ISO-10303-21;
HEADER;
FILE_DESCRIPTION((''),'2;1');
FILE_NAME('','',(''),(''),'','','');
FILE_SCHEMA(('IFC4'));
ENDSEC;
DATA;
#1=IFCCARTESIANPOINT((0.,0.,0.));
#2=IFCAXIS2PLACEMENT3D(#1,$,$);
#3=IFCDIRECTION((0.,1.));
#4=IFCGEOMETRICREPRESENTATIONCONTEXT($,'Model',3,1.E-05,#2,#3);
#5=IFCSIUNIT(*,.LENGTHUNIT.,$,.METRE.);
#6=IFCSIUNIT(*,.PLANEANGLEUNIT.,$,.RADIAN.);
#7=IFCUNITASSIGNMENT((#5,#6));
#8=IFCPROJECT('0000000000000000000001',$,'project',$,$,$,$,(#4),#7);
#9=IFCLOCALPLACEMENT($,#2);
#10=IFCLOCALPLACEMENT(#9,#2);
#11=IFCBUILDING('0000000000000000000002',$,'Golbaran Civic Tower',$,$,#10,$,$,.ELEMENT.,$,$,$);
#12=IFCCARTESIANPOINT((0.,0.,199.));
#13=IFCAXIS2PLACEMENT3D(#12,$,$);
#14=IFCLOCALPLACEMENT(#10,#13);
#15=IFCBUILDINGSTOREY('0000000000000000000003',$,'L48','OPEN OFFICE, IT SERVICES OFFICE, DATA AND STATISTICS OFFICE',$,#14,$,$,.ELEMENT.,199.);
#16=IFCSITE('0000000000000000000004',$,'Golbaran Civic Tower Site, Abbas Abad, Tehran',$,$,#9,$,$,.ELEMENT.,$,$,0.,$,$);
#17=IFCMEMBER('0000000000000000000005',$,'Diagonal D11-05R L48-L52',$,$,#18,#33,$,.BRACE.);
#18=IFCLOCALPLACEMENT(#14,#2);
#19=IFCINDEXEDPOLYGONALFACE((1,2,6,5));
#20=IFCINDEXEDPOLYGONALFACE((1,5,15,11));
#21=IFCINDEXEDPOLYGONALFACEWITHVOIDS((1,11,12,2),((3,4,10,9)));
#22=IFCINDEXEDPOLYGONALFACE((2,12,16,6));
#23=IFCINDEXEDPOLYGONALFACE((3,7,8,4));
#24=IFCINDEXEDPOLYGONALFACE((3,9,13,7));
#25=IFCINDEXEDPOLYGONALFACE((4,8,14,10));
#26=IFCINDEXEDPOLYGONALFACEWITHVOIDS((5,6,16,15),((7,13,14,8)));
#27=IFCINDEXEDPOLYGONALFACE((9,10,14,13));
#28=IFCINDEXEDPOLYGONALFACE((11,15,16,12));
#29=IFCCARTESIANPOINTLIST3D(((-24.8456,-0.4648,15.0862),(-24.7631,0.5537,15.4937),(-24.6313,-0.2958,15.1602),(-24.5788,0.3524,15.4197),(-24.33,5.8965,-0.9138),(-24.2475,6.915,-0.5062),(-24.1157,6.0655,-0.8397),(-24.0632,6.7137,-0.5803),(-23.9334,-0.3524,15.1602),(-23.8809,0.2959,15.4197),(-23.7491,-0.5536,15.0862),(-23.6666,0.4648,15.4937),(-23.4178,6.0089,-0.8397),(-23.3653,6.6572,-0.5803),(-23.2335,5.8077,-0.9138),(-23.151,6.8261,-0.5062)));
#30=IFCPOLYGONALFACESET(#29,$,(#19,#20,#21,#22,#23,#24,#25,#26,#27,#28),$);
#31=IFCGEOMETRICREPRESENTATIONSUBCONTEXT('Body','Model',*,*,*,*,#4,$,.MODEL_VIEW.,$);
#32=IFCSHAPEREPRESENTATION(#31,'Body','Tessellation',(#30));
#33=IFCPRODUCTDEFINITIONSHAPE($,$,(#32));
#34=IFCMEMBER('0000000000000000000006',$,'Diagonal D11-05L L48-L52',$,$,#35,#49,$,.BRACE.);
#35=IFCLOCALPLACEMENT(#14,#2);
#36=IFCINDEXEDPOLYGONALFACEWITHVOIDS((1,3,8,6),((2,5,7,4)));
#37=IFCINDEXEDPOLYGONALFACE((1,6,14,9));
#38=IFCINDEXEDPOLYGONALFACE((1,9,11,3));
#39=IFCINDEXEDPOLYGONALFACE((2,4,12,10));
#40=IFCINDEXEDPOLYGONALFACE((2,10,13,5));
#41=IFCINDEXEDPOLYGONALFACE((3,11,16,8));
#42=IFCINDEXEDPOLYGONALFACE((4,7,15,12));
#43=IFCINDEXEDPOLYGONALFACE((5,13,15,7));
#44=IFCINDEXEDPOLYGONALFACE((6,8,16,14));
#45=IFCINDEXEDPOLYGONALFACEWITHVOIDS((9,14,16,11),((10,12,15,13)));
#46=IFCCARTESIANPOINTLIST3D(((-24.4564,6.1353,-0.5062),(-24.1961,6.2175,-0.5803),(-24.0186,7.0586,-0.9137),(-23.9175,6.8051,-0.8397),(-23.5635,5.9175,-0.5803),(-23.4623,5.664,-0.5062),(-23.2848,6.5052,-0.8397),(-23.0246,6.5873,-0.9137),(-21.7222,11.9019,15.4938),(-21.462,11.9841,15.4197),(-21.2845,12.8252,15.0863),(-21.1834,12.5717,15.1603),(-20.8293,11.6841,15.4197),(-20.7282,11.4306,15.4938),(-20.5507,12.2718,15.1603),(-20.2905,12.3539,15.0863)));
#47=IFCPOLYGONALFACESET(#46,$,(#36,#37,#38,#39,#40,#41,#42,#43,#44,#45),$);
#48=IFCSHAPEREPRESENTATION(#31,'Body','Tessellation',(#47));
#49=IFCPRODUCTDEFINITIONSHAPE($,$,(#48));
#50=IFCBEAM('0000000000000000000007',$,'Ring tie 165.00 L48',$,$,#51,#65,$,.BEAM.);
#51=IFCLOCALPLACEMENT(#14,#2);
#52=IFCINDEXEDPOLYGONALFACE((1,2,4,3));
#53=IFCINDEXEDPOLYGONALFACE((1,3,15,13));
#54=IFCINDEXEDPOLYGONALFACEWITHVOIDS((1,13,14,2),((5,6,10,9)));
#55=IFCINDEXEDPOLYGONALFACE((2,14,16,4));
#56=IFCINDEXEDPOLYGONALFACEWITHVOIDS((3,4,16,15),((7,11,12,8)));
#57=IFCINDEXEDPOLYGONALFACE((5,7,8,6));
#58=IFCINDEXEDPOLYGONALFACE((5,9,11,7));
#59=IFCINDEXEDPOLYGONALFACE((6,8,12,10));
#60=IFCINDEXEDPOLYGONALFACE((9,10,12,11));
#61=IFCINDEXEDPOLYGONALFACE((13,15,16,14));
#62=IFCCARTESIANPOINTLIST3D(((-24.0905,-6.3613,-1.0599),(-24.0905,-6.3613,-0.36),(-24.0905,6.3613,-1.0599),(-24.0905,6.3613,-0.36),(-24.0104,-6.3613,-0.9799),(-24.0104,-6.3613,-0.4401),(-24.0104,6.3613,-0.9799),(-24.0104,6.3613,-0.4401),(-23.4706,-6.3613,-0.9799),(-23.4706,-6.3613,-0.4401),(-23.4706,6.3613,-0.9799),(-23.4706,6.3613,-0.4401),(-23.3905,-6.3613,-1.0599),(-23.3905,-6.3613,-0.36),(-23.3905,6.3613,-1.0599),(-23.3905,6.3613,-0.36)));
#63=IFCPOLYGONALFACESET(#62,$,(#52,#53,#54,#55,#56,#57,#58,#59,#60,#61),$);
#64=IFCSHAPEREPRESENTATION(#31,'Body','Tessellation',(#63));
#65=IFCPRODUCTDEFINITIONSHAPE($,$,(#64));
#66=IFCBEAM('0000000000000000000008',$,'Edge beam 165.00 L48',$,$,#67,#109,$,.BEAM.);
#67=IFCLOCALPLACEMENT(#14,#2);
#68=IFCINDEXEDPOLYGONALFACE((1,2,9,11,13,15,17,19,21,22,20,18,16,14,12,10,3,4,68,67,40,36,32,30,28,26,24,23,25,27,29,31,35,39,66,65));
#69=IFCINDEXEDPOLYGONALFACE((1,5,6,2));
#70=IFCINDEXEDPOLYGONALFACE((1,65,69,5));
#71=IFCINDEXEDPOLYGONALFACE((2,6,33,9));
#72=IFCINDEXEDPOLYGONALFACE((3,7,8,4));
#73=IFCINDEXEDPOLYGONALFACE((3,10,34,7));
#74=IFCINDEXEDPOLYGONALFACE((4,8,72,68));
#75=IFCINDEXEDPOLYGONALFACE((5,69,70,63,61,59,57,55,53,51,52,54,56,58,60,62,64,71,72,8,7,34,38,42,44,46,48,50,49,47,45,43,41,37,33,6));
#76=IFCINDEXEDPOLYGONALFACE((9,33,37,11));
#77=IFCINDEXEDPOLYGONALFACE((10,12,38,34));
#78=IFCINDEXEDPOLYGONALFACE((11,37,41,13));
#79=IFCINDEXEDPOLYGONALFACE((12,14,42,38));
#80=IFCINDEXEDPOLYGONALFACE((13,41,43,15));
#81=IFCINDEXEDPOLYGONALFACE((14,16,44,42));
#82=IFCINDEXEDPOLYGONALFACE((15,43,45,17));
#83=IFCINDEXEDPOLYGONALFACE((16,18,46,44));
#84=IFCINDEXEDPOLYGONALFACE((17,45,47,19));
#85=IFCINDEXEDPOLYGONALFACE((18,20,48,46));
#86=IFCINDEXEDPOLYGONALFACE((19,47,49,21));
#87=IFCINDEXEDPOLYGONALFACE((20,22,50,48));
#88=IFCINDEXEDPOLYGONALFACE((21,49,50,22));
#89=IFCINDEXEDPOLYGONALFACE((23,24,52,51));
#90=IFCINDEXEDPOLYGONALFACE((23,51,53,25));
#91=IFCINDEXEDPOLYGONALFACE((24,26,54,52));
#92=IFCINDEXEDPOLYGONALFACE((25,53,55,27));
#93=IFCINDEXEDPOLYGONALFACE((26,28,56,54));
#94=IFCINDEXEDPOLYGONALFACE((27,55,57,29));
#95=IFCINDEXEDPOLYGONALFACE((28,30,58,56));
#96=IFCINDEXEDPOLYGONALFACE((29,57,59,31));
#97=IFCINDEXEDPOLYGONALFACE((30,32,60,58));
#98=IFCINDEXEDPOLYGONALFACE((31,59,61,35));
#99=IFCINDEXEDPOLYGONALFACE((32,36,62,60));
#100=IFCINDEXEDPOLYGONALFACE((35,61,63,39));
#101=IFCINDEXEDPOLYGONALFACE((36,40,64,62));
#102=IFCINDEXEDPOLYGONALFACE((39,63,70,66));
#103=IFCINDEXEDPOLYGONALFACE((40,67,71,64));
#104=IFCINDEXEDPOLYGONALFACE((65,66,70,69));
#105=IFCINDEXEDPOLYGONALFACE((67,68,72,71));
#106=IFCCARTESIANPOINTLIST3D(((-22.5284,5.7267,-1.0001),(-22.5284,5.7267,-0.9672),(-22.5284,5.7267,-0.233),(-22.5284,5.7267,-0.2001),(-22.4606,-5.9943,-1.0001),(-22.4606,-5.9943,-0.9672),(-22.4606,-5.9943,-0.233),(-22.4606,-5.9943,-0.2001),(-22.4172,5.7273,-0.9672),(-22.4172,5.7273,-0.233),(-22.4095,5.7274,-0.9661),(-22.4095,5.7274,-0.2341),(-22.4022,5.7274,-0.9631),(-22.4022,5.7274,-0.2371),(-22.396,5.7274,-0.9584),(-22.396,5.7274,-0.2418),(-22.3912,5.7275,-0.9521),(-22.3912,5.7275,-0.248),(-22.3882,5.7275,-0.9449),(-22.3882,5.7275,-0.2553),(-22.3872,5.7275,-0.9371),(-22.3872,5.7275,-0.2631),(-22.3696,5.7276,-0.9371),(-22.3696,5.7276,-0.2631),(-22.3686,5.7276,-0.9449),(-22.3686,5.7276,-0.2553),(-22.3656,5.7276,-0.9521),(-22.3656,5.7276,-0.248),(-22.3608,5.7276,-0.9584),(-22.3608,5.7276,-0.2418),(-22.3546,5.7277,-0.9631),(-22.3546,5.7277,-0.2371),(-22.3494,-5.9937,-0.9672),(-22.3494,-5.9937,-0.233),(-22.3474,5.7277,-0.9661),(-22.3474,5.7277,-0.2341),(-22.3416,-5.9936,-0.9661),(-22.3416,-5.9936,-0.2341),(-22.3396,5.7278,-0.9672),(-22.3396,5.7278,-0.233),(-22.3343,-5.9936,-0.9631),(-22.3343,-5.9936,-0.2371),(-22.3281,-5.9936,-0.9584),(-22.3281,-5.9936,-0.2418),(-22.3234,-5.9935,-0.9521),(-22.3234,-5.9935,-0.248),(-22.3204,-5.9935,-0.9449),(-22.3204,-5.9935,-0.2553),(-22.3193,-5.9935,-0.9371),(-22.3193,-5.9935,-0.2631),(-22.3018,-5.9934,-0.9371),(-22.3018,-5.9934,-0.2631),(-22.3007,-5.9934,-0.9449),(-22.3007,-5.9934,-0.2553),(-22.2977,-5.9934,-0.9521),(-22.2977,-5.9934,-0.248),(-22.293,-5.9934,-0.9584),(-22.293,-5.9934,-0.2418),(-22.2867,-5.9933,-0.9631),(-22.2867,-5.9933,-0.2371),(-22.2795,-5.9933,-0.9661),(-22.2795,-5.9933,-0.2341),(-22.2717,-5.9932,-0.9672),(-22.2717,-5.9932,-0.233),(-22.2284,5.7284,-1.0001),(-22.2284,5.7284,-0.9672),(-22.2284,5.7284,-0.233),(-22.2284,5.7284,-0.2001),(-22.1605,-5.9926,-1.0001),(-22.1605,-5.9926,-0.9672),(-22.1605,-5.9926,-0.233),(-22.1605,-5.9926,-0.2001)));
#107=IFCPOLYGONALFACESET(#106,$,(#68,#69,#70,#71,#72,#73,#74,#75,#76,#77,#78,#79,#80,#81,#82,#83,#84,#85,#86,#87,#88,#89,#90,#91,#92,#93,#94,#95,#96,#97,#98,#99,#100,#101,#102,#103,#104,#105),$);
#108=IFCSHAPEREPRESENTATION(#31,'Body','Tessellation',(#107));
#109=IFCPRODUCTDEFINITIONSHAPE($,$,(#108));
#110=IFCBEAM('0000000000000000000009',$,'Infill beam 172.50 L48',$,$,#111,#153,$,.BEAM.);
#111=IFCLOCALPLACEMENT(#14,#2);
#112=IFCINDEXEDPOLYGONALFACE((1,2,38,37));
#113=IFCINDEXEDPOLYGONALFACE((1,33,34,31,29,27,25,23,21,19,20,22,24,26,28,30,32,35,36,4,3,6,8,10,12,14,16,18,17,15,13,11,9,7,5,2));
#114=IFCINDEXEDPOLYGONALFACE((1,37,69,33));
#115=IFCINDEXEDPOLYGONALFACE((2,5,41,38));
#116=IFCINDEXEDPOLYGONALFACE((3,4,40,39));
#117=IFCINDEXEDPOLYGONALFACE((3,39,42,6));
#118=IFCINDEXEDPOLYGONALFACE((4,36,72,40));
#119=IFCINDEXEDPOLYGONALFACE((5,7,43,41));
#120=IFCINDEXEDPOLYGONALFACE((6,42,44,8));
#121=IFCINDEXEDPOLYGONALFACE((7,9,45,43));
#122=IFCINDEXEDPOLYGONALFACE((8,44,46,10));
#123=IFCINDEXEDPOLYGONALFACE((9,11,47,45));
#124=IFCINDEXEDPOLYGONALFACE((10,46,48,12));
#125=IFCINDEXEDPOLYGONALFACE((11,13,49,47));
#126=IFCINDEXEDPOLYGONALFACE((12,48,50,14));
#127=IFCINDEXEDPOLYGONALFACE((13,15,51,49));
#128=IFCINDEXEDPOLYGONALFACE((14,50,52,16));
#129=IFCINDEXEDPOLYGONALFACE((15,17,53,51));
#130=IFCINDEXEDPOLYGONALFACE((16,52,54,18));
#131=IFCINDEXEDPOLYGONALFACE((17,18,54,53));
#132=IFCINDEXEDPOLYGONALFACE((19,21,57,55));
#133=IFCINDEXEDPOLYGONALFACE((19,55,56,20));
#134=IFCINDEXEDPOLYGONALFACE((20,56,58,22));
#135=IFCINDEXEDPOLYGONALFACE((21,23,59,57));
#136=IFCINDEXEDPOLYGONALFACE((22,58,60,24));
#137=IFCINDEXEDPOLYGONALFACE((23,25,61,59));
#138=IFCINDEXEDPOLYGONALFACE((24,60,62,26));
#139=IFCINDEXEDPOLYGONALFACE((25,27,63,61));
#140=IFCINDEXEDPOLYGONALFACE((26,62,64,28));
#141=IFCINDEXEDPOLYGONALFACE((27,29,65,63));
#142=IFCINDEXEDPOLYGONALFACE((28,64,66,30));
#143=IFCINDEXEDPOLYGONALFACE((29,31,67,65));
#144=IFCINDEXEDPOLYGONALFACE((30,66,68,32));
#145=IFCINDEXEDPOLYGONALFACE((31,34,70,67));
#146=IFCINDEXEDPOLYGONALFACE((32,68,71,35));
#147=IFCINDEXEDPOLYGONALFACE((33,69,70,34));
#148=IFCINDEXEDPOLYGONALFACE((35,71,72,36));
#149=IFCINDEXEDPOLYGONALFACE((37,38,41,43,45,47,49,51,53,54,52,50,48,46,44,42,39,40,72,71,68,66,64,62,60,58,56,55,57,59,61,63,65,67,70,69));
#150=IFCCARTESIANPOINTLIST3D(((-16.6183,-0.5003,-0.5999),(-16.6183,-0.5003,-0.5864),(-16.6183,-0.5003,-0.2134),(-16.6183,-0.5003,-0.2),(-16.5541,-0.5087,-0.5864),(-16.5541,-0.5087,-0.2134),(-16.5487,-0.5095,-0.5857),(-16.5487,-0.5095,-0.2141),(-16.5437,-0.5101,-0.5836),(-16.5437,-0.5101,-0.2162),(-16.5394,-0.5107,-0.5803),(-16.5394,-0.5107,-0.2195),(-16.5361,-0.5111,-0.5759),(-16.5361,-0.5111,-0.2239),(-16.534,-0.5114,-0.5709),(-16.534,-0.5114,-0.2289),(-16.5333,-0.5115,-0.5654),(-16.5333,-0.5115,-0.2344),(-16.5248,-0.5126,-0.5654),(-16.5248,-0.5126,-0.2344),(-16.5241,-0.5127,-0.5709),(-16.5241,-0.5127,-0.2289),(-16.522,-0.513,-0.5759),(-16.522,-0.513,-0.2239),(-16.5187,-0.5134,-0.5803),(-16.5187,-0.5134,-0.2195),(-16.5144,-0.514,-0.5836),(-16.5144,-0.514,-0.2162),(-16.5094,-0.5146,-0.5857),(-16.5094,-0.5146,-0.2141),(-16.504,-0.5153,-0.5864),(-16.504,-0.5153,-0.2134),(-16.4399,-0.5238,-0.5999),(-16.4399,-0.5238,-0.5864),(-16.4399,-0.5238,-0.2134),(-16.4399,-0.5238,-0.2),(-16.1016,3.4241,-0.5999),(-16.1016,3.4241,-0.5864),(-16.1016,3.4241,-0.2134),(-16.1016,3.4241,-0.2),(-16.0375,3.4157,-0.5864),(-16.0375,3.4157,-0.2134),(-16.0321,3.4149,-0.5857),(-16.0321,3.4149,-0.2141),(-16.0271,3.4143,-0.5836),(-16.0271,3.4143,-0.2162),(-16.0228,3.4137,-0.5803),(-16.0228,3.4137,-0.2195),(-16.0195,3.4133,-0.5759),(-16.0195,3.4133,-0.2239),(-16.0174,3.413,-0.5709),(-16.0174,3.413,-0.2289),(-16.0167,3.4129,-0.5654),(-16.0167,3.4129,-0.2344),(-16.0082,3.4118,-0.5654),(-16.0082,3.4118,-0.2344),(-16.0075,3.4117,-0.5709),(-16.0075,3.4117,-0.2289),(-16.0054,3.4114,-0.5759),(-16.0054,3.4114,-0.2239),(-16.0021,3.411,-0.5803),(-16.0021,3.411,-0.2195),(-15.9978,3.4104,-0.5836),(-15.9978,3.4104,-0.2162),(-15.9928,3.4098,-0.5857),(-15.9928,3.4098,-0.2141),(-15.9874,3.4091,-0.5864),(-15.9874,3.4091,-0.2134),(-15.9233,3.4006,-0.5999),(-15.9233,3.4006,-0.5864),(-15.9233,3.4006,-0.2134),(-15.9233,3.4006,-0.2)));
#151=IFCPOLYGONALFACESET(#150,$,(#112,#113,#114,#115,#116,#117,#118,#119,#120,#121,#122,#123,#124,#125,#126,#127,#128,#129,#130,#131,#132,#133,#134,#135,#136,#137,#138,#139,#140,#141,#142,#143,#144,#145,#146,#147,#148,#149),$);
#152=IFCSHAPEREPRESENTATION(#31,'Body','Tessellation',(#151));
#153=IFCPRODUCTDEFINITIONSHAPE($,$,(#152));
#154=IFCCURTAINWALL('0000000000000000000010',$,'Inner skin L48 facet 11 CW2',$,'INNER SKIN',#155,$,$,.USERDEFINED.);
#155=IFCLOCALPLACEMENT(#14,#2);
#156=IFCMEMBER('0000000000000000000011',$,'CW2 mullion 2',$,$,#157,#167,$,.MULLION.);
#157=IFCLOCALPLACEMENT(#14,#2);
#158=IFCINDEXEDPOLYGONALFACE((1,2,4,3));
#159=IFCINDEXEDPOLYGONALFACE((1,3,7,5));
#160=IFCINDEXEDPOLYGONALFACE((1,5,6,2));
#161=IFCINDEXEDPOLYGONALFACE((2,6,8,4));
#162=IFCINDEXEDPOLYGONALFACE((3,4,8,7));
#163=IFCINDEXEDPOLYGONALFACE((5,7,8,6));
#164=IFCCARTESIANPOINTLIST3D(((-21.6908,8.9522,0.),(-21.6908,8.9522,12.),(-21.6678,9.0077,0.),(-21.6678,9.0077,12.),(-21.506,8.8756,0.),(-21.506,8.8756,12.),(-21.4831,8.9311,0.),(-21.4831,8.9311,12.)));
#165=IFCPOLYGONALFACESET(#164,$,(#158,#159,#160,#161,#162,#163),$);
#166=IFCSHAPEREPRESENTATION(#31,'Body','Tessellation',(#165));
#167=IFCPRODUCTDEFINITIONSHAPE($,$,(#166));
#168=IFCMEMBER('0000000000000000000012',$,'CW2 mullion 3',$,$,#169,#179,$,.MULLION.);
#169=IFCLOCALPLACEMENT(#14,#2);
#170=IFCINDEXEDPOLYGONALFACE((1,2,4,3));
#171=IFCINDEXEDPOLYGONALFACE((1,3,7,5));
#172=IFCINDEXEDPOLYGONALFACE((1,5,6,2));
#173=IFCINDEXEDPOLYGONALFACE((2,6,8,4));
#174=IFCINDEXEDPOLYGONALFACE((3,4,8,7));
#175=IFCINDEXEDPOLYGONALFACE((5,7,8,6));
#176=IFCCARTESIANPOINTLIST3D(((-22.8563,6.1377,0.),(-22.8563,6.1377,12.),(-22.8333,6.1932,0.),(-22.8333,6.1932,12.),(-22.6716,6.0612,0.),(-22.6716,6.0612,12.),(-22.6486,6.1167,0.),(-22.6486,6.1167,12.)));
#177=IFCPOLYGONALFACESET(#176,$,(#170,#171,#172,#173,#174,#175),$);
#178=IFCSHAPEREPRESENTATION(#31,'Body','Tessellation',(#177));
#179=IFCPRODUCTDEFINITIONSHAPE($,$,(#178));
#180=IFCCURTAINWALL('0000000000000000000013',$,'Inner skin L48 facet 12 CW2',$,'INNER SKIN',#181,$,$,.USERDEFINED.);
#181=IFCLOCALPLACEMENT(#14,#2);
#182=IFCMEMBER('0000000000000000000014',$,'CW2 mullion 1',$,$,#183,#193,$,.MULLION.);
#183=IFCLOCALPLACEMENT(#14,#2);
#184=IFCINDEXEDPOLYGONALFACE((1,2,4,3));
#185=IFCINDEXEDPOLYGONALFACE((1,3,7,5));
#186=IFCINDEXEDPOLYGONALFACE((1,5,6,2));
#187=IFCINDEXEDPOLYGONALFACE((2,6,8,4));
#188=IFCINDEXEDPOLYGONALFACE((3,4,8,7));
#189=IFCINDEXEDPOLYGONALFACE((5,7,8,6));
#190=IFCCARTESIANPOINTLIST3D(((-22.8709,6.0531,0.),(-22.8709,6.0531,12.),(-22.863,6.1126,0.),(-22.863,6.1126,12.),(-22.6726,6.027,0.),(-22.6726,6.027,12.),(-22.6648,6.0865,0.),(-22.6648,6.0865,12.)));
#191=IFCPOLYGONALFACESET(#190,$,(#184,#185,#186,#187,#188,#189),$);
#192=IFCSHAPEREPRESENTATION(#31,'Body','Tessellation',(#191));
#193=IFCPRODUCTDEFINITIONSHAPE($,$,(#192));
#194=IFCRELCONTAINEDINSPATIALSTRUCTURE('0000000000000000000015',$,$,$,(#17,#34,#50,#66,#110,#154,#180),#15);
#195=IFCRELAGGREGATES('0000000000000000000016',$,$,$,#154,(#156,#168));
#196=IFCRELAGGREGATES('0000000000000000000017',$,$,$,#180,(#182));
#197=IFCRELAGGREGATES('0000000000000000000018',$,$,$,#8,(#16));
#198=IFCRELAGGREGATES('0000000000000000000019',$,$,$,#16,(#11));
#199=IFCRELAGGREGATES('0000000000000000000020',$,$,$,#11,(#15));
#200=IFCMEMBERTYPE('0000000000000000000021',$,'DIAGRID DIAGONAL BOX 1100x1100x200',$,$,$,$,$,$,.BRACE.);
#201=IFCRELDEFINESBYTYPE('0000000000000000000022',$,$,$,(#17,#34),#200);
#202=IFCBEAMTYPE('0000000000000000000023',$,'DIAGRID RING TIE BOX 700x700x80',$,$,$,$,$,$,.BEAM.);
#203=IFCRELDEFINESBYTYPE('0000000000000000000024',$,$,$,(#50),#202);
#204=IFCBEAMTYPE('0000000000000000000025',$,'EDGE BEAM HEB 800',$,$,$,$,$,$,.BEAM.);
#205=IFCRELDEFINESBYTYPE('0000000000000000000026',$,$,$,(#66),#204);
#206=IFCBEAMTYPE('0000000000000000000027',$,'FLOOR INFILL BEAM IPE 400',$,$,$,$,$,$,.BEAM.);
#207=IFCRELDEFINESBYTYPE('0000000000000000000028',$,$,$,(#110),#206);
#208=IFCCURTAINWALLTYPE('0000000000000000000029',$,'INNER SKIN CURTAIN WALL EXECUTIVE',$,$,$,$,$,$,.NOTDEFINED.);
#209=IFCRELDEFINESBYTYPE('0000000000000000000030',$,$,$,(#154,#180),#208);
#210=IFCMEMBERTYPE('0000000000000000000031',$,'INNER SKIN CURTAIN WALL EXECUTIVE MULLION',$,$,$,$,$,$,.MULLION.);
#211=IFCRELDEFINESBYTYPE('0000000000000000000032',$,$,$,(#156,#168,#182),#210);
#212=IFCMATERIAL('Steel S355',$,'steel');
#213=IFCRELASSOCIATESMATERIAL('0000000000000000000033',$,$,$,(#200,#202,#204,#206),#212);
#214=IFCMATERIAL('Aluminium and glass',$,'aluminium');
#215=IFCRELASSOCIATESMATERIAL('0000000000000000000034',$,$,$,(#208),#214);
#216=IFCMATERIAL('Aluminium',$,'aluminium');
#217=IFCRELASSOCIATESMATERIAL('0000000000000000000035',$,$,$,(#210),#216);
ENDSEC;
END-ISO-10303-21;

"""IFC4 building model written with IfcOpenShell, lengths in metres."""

from ifc_helpers import new_model, si_unit, direction, frame, origin, origin_2d, place, context, subcontext, project, spatial, rectangle, hollow_rectangle, i_section, extrude, material, material_profile, profile_set, type_object, element, aggregate, save


model = new_model("IFC4")

# Units and contexts
model_context = context("Model", 3, precision=1e-05, world=origin(), true_north=direction((0.0, 1.0)))
body_context = subcontext(model_context, "Body", "Model", "MODEL_VIEW")
ifc_project = project(units=[si_unit("LENGTHUNIT", "METRE"), si_unit("PLANEANGLEUNIT", "RADIAN")], contexts=[model_context])

# Site, building, storey
site_placement = place(None, origin())
site = spatial("IfcSite", under=ifc_project, at=site_placement, Name="Golbaran Civic Tower Site, Abbas Abad, Tehran", CompositionType="ELEMENT", RefElevation=0.0)
building_placement = place(site_placement, origin())
building = spatial("IfcBuilding", under=site, at=building_placement, Name="Golbaran Civic Tower", CompositionType="ELEMENT")
storey_placement = place(building_placement, frame((0.0, 0.0, 199.0)))
storey = spatial("IfcBuildingStorey", under=building, at=storey_placement, Name="L48", Description="OPEN OFFICE, IT SERVICES OFFICE, DATA AND STATISTICS OFFICE", CompositionType="ELEMENT", Elevation=199.0)

# Members
ifc_material_1 = material(Name="Steel S355", Category="steel")
ifc_material_profile_1 = material_profile(ifc_material_1, hollow_rectangle(XDim=1.1001, YDim=1.1001, WallThickness=0.2, at=origin_2d()), Name="BOX 1100x1100x200")
ifc_profile_set_1 = profile_set([ifc_material_profile_1], Name="Steel S355")
member_type_1 = type_object("IfcMemberType", Name="DIAGRID DIAGONAL BOX 1100x1100x200", PredefinedType="BRACE", material=ifc_profile_set_1)
for number, where, z_axis, x_axis, name in (
    (1, (-23.7405, 6.3613, -0.71), (-0.029933, -0.369288, 0.928833), (0.996731, -0.080791, 0.0), "Diagonal D11-05R L48-L52"),
    (2, (-23.7405, 6.3613, -0.71), (0.158723, 0.334765, 0.928838), (-0.903581, 0.428417, 0.0), "Diagonal D11-05L L48-L52"),
):
    element("IfcMember", number, at=place(storey_placement, frame(where, z_axis=z_axis, x_axis=x_axis)), inside=storey, type_object=member_type_1, Name=name, PredefinedType="BRACE", context=body_context, shape_type="SweptSolid", body=[
        extrude(hollow_rectangle(XDim=1.1001, YDim=1.1001, WallThickness=0.2, at=origin_2d()), origin(), (0.0, 0.0, 1.0), 17.2258),
    ])

# Beams
ifc_material_profile_2 = material_profile(ifc_material_1, hollow_rectangle(XDim=0.7, YDim=0.7, WallThickness=0.0801, at=origin_2d()), Name="BOX 700x700x80")
ifc_profile_set_2 = profile_set([ifc_material_profile_2], Name="Steel S355")
beam_type_1 = type_object("IfcBeamType", Name="DIAGRID RING TIE BOX 700x700x80", PredefinedType="BEAM", material=ifc_profile_set_2)
beam_1_placement = place(storey_placement, frame((-23.7405, 6.3613, -0.71), z_axis=(0.0, -1.0, 0.0), x_axis=(1.0, 0.0, 0.0)))
element("IfcBeam", 3, at=beam_1_placement, inside=storey, type_object=beam_type_1, Name="Ring tie 165.00 L48", PredefinedType="BEAM", context=body_context, shape_type="SweptSolid", body=[
    extrude(hollow_rectangle(XDim=0.7, YDim=0.7, WallThickness=0.0801, at=origin_2d()), origin(), (0.0, 0.0, 1.0), 12.7227),
])
ifc_material_profile_3 = material_profile(ifc_material_1, i_section(OverallWidth=0.3, OverallDepth=0.8, WebThickness=0.0176, FlangeThickness=0.033, FilletRadius=0.03, at=origin_2d()), Name="HEB 800")
ifc_profile_set_3 = profile_set([ifc_material_profile_3], Name="Steel S355")
beam_type_2 = type_object("IfcBeamType", Name="EDGE BEAM HEB 800", PredefinedType="BEAM", material=ifc_profile_set_3)
beam_2_placement = place(storey_placement, frame((-22.3784, 5.7275, -0.6001), z_axis=(0.00579, -0.999983, 0.0), x_axis=(0.999983, 0.00579, 0.0)))
element("IfcBeam", 4, at=beam_2_placement, inside=storey, type_object=beam_type_2, Name="Edge beam 165.00 L48", PredefinedType="BEAM", context=body_context, shape_type="SweptSolid", body=[
    extrude(i_section(OverallWidth=0.3, OverallDepth=0.8, WebThickness=0.0176, FlangeThickness=0.033, FilletRadius=0.03, at=origin_2d()), origin(), (0.0, 0.0, 1.0), 11.7212),
])
ifc_material_profile_4 = material_profile(ifc_material_1, i_section(OverallWidth=0.1799, OverallDepth=0.3999, WebThickness=0.0085, FlangeThickness=0.0134, FilletRadius=0.021, at=origin_2d()), Name="IPE 400")
ifc_profile_set_4 = profile_set([ifc_material_profile_4], Name="Steel S355")
beam_type_3 = type_object("IfcBeamType", Name="FLOOR INFILL BEAM IPE 400", PredefinedType="BEAM", material=ifc_profile_set_4)
beam_3_placement = place(storey_placement, frame((-16.0125, 3.4124, -0.3999), z_axis=(-0.130515, -0.991446, 0.0), x_axis=(0.991446, -0.130515, 0.0)))
element("IfcBeam", 5, at=beam_3_placement, inside=storey, type_object=beam_type_3, Name="Infill beam 172.50 L48", PredefinedType="BEAM", context=body_context, shape_type="SweptSolid", body=[
    extrude(i_section(OverallWidth=0.1799, OverallDepth=0.3999, WebThickness=0.0085, FlangeThickness=0.0134, FilletRadius=0.021, at=origin_2d()), origin(), (0.0, 0.0, 1.0), 3.9583),
])

# Curtain walls, members
ifc_material_2 = material(Name="Aluminium and glass", Category="aluminium")
curtain_wall_type_1 = type_object("IfcCurtainWallType", Name="INNER SKIN CURTAIN WALL EXECUTIVE", PredefinedType="NOTDEFINED", material=ifc_material_2)
curtain_wall_1_placement = place(storey_placement, origin())
curtain_wall_1 = element("IfcCurtainWall", 6, at=curtain_wall_1_placement, inside=storey, type_object=curtain_wall_type_1, Name="Inner skin L48 facet 11 CW2", ObjectType="INNER SKIN", PredefinedType="USERDEFINED")
ifc_material_3 = material(Name="Aluminium", Category="aluminium")
ifc_material_profile_5 = material_profile(ifc_material_3, rectangle(XDim=0.2, YDim=0.0601, at=origin_2d()), Name="INNER SKIN CURTAIN WALL EXECUTIVE MULLION")
ifc_profile_set_5 = profile_set([ifc_material_profile_5], Name="Aluminium")
member_type_2 = type_object("IfcMemberType", Name="INNER SKIN CURTAIN WALL EXECUTIVE MULLION", PredefinedType="MULLION", material=ifc_profile_set_5)
member_1_placement = place(storey_placement, frame((-21.5869, 8.9417, 0.0), z_axis=(0.0, 0.0, 1.0), x_axis=(0.92388, -0.382683, 0.0)))
member_1 = element("IfcMember", 7, at=member_1_placement, type_object=member_type_2, Name="CW2 mullion 2", PredefinedType="MULLION", context=body_context, shape_type="SweptSolid", body=[
    extrude(rectangle(XDim=0.2, YDim=0.0601, at=origin_2d()), origin(), (0.0, 0.0, 1.0), 12.0),
])
member_2_placement = place(storey_placement, frame((-22.7524, 6.1272, 0.0), z_axis=(0.0, 0.0, 1.0), x_axis=(0.92388, -0.382683, 0.0)))
member_2 = element("IfcMember", 8, at=member_2_placement, type_object=member_type_2, Name="CW2 mullion 3", PredefinedType="MULLION", context=body_context, shape_type="SweptSolid", body=[
    extrude(rectangle(XDim=0.2, YDim=0.0601, at=origin_2d()), origin(), (0.0, 0.0, 1.0), 12.0),
])
curtain_wall_2_placement = place(storey_placement, origin())
curtain_wall_2 = element("IfcCurtainWall", 9, at=curtain_wall_2_placement, inside=storey, type_object=curtain_wall_type_1, Name="Inner skin L48 facet 12 CW2", ObjectType="INNER SKIN", PredefinedType="USERDEFINED")
member_3_placement = place(storey_placement, frame((-22.7678, 6.0698, 0.0), z_axis=(0.0, 0.0, 1.0), x_axis=(0.991445, -0.130526, 0.0)))
member_3 = element("IfcMember", 10, at=member_3_placement, type_object=member_type_2, Name="CW2 mullion 1", PredefinedType="MULLION", context=body_context, shape_type="SweptSolid", body=[
    extrude(rectangle(XDim=0.2, YDim=0.0601, at=origin_2d()), origin(), (0.0, 0.0, 1.0), 12.0),
])

aggregate(curtain_wall_1, [member_1, member_2])
aggregate(curtain_wall_2, [member_3])

save(model, "model.ifc")
